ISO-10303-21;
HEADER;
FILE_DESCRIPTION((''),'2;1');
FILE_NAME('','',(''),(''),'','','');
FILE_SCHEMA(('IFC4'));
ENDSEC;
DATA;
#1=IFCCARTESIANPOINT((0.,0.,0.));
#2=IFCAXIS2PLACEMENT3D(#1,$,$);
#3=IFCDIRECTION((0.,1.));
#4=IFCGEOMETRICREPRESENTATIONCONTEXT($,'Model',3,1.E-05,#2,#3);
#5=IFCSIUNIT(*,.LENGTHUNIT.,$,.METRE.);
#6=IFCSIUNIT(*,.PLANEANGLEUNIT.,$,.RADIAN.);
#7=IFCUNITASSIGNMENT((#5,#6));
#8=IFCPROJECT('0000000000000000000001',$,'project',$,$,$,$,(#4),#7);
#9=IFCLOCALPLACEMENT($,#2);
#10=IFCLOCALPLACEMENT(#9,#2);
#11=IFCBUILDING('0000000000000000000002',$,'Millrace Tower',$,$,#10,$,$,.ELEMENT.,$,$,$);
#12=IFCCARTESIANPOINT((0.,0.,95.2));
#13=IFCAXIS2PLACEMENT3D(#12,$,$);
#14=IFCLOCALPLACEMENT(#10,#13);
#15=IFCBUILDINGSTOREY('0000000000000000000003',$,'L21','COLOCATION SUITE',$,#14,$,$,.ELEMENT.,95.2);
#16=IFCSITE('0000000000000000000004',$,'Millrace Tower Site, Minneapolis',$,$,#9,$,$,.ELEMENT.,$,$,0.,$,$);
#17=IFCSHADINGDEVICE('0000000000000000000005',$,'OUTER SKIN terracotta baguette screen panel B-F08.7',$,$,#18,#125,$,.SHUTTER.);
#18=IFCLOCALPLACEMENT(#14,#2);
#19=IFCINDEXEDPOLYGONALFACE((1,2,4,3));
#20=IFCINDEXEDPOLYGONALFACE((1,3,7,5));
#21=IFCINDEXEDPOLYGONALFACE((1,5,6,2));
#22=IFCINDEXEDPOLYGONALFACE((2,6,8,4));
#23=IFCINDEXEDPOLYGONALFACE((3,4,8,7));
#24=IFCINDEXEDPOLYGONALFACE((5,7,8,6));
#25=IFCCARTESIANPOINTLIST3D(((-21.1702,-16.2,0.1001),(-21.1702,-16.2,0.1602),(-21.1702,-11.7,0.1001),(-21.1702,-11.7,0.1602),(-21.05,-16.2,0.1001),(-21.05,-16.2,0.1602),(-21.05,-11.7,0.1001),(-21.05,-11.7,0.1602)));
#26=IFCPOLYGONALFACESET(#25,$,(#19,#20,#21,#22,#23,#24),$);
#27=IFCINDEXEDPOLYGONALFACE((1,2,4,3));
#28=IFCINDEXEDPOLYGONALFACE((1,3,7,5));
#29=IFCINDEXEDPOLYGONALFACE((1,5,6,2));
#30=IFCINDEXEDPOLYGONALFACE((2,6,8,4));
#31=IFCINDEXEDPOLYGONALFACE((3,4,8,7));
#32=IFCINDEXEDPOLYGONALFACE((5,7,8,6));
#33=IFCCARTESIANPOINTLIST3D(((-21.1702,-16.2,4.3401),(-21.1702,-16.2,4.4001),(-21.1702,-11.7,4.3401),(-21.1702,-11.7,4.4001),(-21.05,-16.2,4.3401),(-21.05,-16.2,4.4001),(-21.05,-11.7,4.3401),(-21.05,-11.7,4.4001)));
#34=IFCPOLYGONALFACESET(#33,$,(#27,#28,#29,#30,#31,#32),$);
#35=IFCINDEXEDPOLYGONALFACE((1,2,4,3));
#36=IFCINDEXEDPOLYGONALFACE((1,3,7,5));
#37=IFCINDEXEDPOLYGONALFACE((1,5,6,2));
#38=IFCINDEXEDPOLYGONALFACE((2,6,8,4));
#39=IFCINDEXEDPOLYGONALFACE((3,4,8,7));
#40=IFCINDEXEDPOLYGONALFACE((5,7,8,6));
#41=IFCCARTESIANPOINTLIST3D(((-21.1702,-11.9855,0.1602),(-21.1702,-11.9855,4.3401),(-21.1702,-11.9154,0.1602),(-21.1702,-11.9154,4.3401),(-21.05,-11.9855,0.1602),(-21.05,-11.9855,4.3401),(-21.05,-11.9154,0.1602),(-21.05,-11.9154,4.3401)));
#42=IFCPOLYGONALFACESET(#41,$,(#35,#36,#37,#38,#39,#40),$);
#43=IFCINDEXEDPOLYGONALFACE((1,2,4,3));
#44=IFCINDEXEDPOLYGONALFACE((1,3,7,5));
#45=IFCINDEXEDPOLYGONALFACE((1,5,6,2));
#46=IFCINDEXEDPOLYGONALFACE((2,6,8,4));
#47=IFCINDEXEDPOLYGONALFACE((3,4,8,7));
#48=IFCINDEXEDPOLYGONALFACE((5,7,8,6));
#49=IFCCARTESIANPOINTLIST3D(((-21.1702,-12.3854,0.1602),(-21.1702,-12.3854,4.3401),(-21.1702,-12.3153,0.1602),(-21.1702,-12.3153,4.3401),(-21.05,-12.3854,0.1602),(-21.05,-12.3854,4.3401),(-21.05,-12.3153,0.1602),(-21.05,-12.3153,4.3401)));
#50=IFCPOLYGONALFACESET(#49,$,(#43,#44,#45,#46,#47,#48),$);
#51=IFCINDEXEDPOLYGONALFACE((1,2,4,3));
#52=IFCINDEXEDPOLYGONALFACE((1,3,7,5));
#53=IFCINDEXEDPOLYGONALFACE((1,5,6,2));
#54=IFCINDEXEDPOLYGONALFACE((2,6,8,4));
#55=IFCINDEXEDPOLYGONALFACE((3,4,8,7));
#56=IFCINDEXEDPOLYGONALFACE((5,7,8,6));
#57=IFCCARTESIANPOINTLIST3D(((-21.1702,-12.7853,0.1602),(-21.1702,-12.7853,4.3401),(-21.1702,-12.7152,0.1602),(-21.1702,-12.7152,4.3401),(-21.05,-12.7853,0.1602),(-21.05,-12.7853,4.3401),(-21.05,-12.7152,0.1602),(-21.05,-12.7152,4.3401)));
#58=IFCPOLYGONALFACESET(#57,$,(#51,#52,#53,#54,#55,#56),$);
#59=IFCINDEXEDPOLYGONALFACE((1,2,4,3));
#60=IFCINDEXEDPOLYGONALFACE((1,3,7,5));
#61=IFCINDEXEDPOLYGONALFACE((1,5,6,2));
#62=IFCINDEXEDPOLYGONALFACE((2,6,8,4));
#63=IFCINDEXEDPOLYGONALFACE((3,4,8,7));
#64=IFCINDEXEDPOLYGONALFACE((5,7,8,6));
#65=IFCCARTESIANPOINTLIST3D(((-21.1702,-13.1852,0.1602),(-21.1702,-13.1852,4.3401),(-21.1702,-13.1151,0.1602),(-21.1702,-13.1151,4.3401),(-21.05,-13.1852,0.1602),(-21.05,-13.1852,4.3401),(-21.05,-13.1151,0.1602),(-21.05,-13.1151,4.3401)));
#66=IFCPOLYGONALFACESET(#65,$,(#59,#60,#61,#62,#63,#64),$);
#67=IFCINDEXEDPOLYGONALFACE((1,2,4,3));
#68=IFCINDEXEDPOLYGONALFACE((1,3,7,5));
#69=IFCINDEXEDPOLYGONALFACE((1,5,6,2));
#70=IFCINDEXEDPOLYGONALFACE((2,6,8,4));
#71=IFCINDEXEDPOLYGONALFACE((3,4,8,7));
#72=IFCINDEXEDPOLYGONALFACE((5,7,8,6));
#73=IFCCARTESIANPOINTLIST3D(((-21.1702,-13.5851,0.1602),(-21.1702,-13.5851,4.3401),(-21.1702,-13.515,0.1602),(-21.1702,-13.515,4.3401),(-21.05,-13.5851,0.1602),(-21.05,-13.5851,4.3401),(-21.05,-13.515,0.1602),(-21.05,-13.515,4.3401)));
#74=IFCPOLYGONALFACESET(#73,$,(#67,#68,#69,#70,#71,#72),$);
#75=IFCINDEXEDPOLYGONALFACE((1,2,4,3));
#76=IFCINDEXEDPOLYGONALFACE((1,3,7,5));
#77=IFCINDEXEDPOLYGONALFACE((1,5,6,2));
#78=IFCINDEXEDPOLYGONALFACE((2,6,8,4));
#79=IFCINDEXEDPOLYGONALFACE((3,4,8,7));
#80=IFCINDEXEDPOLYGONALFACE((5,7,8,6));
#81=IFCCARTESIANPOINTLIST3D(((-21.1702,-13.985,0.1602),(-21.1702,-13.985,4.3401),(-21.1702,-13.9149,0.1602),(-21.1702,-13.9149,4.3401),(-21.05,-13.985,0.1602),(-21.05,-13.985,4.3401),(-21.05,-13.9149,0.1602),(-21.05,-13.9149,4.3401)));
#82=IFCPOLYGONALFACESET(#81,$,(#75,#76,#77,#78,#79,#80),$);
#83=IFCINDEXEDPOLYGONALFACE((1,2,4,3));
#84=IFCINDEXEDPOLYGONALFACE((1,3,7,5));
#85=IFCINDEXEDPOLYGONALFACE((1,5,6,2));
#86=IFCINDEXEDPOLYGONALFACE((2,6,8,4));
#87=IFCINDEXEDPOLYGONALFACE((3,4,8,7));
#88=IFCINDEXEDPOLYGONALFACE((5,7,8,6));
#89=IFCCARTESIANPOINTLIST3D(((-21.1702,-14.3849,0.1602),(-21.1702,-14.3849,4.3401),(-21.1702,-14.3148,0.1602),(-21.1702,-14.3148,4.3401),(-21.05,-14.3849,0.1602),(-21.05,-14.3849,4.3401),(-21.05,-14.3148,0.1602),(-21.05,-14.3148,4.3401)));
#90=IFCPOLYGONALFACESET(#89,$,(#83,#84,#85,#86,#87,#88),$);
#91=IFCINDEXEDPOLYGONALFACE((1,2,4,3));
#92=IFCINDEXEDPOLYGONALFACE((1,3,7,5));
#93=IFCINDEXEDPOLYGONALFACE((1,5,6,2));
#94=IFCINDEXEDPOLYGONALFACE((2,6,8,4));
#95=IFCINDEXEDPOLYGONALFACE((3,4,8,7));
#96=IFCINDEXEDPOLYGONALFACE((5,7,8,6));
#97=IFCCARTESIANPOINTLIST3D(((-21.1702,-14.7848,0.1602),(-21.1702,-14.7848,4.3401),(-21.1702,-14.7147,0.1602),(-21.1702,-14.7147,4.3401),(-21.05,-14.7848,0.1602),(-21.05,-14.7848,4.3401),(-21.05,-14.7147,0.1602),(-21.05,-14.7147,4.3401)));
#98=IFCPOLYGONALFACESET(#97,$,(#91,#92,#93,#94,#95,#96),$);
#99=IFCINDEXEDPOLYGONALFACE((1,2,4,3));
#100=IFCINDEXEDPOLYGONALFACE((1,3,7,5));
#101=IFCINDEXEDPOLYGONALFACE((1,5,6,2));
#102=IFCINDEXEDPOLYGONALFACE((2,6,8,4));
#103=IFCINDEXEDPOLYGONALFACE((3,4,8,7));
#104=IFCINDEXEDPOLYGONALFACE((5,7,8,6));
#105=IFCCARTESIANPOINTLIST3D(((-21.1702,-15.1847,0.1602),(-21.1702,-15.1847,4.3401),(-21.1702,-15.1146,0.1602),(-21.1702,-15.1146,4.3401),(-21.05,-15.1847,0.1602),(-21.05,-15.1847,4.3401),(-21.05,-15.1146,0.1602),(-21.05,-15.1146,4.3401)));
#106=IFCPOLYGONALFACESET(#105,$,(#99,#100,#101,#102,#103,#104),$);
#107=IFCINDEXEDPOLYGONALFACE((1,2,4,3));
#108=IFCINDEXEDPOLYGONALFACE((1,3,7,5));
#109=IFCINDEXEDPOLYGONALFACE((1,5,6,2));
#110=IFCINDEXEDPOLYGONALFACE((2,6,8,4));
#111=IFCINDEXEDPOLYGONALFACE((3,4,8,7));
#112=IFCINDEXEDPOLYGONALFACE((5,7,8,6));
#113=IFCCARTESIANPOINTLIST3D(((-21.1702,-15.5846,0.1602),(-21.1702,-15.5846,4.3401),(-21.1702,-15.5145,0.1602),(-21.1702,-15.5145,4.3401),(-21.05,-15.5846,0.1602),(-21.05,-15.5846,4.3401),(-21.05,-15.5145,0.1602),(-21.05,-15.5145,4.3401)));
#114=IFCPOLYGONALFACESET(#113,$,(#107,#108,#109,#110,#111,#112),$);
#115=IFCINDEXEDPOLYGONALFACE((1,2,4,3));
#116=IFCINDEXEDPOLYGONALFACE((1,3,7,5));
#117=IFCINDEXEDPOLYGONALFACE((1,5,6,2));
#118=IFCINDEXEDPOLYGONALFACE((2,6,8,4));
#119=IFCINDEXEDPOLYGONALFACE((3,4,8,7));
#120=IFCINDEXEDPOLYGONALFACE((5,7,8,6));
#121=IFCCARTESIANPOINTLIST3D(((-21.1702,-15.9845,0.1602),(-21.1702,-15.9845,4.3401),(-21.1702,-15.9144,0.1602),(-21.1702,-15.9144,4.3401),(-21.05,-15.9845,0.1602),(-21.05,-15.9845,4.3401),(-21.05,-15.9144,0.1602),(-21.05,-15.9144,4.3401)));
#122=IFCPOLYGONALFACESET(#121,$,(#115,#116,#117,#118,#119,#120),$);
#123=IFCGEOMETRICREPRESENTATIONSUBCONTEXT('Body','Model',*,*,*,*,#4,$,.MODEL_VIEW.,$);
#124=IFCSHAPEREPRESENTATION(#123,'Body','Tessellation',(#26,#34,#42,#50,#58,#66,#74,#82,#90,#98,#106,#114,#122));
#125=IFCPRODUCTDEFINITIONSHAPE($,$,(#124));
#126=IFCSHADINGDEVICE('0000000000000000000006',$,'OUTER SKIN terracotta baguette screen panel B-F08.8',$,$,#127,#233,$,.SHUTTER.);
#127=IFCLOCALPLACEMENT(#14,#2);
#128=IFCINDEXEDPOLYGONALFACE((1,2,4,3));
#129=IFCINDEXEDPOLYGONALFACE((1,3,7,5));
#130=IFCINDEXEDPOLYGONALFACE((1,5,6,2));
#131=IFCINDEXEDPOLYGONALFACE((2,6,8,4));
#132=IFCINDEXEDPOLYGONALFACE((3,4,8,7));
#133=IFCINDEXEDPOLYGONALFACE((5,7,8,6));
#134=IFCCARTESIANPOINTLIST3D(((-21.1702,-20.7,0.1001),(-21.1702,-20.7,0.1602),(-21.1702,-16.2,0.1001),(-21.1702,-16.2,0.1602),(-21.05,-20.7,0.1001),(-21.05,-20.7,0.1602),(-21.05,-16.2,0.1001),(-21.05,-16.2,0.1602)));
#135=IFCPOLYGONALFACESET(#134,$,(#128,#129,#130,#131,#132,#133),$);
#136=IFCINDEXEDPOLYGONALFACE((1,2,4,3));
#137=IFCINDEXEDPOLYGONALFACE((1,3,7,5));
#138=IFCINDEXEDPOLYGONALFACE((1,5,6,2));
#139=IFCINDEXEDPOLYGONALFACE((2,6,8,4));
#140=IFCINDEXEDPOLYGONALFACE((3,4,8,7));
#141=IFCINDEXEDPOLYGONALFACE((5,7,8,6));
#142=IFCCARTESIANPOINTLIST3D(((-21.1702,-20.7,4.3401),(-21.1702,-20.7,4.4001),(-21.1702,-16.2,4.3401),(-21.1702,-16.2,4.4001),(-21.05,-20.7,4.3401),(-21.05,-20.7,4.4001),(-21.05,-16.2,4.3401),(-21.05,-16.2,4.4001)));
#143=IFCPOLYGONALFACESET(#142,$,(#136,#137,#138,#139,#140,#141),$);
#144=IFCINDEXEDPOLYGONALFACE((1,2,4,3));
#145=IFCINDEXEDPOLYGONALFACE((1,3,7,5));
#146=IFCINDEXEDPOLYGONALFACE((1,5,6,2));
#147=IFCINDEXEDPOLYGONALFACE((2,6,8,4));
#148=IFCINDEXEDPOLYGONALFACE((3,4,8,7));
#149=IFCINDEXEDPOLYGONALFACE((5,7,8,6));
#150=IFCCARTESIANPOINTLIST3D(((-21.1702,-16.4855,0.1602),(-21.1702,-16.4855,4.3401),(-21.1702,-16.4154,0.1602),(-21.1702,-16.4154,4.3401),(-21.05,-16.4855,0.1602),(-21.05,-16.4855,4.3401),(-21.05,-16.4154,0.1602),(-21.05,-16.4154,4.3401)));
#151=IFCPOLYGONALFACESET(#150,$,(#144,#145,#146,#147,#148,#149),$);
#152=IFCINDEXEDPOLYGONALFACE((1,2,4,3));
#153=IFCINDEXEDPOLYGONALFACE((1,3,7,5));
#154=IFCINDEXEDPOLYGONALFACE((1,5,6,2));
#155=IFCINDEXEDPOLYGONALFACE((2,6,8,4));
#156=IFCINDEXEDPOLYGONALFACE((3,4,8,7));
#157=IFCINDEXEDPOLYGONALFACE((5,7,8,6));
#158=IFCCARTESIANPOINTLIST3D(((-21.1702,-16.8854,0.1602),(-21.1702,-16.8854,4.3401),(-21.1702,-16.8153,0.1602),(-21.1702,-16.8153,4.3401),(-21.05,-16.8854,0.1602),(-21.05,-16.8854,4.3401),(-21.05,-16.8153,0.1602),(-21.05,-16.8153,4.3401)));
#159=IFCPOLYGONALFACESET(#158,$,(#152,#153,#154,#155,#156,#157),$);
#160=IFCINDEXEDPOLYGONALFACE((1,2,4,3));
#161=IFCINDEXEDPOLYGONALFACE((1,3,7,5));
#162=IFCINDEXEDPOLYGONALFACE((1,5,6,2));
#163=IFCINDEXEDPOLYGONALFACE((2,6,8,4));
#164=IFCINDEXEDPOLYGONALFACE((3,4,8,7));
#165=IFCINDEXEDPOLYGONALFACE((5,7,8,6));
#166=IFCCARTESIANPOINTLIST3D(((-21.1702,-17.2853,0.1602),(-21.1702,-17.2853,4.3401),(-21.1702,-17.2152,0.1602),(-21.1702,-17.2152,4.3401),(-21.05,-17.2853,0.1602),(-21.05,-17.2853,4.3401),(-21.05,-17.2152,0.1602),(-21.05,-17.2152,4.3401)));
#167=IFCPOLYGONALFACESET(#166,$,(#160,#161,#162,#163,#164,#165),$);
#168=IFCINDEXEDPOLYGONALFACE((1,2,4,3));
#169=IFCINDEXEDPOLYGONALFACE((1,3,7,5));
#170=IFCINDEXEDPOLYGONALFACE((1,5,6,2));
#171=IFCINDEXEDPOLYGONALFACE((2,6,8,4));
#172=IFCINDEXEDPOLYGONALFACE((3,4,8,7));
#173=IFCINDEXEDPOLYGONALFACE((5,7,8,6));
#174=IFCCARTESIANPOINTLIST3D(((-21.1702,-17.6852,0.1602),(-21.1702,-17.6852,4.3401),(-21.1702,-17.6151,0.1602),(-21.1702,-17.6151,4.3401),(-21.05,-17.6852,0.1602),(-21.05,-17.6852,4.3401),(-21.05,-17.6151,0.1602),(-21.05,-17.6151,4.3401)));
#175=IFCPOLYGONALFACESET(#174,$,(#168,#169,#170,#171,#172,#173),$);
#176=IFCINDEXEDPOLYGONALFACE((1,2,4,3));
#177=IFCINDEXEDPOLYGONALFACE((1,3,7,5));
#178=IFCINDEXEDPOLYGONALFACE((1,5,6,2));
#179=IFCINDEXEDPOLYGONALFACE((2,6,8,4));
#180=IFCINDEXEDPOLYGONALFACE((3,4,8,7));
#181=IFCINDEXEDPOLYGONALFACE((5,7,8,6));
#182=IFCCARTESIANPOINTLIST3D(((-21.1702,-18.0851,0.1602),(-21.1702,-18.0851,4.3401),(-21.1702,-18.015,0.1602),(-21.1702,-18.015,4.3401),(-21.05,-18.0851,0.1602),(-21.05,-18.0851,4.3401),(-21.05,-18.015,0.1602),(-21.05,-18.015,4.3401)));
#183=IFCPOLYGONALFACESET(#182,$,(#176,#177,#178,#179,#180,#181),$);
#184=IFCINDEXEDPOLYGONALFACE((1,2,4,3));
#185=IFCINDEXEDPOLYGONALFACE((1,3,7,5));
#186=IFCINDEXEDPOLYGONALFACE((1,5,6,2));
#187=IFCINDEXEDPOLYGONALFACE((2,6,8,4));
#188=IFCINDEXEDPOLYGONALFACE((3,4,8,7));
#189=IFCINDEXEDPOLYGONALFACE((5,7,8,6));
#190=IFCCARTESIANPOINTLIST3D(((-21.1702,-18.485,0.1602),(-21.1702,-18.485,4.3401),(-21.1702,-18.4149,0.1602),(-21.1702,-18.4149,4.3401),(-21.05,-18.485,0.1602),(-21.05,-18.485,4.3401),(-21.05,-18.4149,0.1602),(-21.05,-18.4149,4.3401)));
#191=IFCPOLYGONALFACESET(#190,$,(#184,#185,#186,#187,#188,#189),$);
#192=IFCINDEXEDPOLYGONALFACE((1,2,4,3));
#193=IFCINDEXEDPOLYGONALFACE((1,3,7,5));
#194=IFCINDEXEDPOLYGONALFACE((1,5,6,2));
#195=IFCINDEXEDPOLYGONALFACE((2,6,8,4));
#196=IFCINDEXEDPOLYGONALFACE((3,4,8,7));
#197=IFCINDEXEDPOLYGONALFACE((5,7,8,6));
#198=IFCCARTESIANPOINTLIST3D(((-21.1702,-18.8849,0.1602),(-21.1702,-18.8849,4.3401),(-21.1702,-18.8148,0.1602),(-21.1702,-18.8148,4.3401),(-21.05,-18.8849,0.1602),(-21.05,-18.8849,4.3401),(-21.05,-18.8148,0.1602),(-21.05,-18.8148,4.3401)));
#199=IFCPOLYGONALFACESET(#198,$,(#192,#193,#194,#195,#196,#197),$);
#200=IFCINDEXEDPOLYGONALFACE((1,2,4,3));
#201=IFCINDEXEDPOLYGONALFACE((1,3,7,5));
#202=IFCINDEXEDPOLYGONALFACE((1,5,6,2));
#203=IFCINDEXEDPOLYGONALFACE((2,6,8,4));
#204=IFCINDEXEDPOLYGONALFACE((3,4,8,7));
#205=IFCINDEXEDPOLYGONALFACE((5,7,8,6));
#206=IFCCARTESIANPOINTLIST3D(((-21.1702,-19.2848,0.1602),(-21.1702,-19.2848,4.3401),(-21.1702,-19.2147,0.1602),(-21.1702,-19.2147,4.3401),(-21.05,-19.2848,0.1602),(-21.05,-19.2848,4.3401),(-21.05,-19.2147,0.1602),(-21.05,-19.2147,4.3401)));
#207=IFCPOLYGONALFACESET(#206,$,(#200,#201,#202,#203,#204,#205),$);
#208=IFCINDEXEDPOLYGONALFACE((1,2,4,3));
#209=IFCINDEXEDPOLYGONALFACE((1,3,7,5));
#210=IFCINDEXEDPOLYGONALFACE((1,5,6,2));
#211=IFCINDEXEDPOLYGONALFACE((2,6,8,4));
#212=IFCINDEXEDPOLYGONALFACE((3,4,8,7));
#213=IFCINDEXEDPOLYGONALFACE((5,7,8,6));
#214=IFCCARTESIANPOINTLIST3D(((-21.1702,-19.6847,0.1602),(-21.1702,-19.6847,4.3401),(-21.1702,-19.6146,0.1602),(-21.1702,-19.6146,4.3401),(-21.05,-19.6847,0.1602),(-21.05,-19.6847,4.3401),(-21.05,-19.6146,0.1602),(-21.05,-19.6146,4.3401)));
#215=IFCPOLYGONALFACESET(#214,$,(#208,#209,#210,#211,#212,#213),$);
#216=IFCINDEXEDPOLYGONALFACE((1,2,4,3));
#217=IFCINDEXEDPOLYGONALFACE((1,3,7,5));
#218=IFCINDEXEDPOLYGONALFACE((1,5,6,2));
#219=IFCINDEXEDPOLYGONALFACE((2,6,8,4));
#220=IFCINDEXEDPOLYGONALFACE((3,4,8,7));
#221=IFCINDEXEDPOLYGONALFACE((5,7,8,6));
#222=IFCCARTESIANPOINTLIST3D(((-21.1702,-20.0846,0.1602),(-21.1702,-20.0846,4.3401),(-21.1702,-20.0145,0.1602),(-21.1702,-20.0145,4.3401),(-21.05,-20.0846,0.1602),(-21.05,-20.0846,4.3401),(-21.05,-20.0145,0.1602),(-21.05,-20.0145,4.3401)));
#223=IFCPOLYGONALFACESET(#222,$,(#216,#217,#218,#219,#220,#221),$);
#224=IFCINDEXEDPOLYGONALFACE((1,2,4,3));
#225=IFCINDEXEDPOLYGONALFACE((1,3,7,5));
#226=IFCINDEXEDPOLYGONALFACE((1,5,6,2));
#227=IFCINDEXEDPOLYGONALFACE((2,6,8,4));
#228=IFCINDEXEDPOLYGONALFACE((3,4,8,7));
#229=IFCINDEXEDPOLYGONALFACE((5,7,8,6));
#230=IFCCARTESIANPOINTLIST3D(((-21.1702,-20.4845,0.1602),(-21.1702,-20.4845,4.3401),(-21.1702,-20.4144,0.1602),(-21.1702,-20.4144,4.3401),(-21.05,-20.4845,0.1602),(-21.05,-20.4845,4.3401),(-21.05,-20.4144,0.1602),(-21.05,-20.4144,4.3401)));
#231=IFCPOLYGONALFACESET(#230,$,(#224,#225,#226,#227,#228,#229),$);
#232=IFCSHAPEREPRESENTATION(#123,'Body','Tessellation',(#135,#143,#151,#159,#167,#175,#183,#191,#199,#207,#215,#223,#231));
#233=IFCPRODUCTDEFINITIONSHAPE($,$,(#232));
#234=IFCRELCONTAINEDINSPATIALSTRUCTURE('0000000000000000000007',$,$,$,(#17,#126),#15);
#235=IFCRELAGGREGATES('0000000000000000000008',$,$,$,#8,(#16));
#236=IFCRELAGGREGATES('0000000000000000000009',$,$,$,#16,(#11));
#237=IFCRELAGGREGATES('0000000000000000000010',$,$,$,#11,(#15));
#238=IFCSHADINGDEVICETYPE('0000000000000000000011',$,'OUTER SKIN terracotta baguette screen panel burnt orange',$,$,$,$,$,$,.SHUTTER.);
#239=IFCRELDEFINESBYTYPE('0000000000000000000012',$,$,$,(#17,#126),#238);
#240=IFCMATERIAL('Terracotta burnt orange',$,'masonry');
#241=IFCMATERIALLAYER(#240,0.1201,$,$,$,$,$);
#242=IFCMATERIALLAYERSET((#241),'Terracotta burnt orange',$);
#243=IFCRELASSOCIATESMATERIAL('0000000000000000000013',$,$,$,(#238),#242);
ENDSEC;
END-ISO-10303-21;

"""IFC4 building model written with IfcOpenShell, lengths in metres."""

from ifc_helpers import new_model, entity, si_unit, direction, frame, frame_2d, origin, origin_2d, place, context, subcontext, project, spatial, rectangle, extrude, source, transform, mapped, material, layer, layer_set, type_object, element, save


model = new_model("IFC4")

# Units and contexts
model_context = context("Model", 3, precision=1e-05, world=origin(), true_north=direction((0.0, 1.0)))
body_context = subcontext(model_context, "Body", "Model", "MODEL_VIEW")
ifc_project = project(units=[si_unit("LENGTHUNIT", "METRE"), si_unit("PLANEANGLEUNIT", "RADIAN")], contexts=[model_context])

# Site, building, storey
site_placement = place(None, origin())
site = spatial("IfcSite", under=ifc_project, at=site_placement, Name="Millrace Tower Site, Minneapolis", CompositionType="ELEMENT", RefElevation=0.0)
building_placement = place(site_placement, origin())
building = spatial("IfcBuilding", under=site, at=building_placement, Name="Millrace Tower", CompositionType="ELEMENT")
storey_placement = place(building_placement, frame((0.0, 0.0, 95.2)))
storey = spatial("IfcBuildingStorey", under=building, at=storey_placement, Name="L21", Description="COLOCATION SUITE", CompositionType="ELEMENT", Elevation=95.2)

# Shading devices
ifc_material_1 = material(Name="Terracotta burnt orange", Category="masonry")
ifc_layer_1 = layer(ifc_material_1, 0.1201)
ifc_layer_set_1 = layer_set([ifc_layer_1], Name="Terracotta burnt orange")
shading_device_type = type_object("IfcShadingDeviceType", Name="OUTER SKIN terracotta baguette screen panel burnt orange", PredefinedType="SHUTTER", material=ifc_layer_set_1)
cartesian_point_1 = entity("IfcCartesianPoint", [-2.25, 0.0601])
shared_polyline_1 = entity("IfcPolyline", [cartesian_point_1, entity("IfcCartesianPoint", [2.25, 0.0601]), entity("IfcCartesianPoint", [2.25, -0.0601]), entity("IfcCartesianPoint", [-2.25, -0.0601]), cartesian_point_1])
shared_shape_1 = source(origin(), body_context, "Body", "SweptSolid", [
    entity("IfcExtrudedAreaSolid", entity("IfcArbitraryClosedProfileDef", "AREA", None, shared_polyline_1), entity("IfcAxis2Placement3D", entity("IfcCartesianPoint", [0.0, 0.0, 0.0])), entity("IfcDirection", [0.0, 0.0, 1.0]), 0.0601),
    entity("IfcExtrudedAreaSolid", entity("IfcArbitraryClosedProfileDef", "AREA", None, shared_polyline_1), entity("IfcAxis2Placement3D", entity("IfcCartesianPoint", [0.0, 0.0, 4.24])), entity("IfcDirection", [0.0, 0.0, 1.0]), 0.0601),
    extrude(rectangle(XDim=0.0701, YDim=0.1201, at=frame_2d((-1.9995, 0.0))), frame((0.0, 0.0, 0.0601)), (0.0, 0.0, 1.0), 4.1799),
    extrude(rectangle(XDim=0.0701, YDim=0.1201, at=frame_2d((-1.5996, 0.0))), frame((0.0, 0.0, 0.0601)), (0.0, 0.0, 1.0), 4.1799),
    extrude(rectangle(XDim=0.0701, YDim=0.1201, at=frame_2d((-1.1997, 0.0))), frame((0.0, 0.0, 0.0601)), (0.0, 0.0, 1.0), 4.1799),
    extrude(rectangle(XDim=0.0701, YDim=0.1201, at=frame_2d((-0.7998, 0.0))), frame((0.0, 0.0, 0.0601)), (0.0, 0.0, 1.0), 4.1799),
    extrude(rectangle(XDim=0.0701, YDim=0.1201, at=frame_2d((-0.3999, 0.0))), frame((0.0, 0.0, 0.0601)), (0.0, 0.0, 1.0), 4.1799),
    extrude(rectangle(XDim=0.0701, YDim=0.1201, at=origin_2d()), frame((0.0, 0.0, 0.0601)), (0.0, 0.0, 1.0), 4.1799),
    extrude(rectangle(XDim=0.0701, YDim=0.1201, at=frame_2d((0.3999, 0.0))), frame((0.0, 0.0, 0.0601)), (0.0, 0.0, 1.0), 4.1799),
    extrude(rectangle(XDim=0.0701, YDim=0.1201, at=frame_2d((0.7998, 0.0))), frame((0.0, 0.0, 0.0601)), (0.0, 0.0, 1.0), 4.1799),
    extrude(rectangle(XDim=0.0701, YDim=0.1201, at=frame_2d((1.1997, 0.0))), frame((0.0, 0.0, 0.0601)), (0.0, 0.0, 1.0), 4.1799),
    extrude(rectangle(XDim=0.0701, YDim=0.1201, at=frame_2d((1.5996, 0.0))), frame((0.0, 0.0, 0.0601)), (0.0, 0.0, 1.0), 4.1799),
    extrude(rectangle(XDim=0.0701, YDim=0.1201, at=frame_2d((1.9995, 0.0))), frame((0.0, 0.0, 0.0601)), (0.0, 0.0, 1.0), 4.1799),
])
for number, where, z_axis, x_axis, name in (
    (1, (-21.1101, -13.95, 0.1001), (0.0, 0.0, 1.0), (0.0, -1.0, 0.0), "OUTER SKIN terracotta baguette screen panel B-F08.7"),
    (2, (-21.1101, -18.45, 0.1001), (0.0, 0.0, 1.0), (0.0, -1.0, 0.0), "OUTER SKIN terracotta baguette screen panel B-F08.8"),
):
    element("IfcShadingDevice", number, at=place(storey_placement, frame(where, z_axis=z_axis, x_axis=x_axis)), inside=storey, type_object=shading_device_type, Name=name, PredefinedType="SHUTTER", context=body_context, shape_type="MappedRepresentation", body=[
        mapped(shared_shape_1, transform((0.0, 0.0, 0.0), scale=1.0)),
    ])

save(model, "model.ifc")
